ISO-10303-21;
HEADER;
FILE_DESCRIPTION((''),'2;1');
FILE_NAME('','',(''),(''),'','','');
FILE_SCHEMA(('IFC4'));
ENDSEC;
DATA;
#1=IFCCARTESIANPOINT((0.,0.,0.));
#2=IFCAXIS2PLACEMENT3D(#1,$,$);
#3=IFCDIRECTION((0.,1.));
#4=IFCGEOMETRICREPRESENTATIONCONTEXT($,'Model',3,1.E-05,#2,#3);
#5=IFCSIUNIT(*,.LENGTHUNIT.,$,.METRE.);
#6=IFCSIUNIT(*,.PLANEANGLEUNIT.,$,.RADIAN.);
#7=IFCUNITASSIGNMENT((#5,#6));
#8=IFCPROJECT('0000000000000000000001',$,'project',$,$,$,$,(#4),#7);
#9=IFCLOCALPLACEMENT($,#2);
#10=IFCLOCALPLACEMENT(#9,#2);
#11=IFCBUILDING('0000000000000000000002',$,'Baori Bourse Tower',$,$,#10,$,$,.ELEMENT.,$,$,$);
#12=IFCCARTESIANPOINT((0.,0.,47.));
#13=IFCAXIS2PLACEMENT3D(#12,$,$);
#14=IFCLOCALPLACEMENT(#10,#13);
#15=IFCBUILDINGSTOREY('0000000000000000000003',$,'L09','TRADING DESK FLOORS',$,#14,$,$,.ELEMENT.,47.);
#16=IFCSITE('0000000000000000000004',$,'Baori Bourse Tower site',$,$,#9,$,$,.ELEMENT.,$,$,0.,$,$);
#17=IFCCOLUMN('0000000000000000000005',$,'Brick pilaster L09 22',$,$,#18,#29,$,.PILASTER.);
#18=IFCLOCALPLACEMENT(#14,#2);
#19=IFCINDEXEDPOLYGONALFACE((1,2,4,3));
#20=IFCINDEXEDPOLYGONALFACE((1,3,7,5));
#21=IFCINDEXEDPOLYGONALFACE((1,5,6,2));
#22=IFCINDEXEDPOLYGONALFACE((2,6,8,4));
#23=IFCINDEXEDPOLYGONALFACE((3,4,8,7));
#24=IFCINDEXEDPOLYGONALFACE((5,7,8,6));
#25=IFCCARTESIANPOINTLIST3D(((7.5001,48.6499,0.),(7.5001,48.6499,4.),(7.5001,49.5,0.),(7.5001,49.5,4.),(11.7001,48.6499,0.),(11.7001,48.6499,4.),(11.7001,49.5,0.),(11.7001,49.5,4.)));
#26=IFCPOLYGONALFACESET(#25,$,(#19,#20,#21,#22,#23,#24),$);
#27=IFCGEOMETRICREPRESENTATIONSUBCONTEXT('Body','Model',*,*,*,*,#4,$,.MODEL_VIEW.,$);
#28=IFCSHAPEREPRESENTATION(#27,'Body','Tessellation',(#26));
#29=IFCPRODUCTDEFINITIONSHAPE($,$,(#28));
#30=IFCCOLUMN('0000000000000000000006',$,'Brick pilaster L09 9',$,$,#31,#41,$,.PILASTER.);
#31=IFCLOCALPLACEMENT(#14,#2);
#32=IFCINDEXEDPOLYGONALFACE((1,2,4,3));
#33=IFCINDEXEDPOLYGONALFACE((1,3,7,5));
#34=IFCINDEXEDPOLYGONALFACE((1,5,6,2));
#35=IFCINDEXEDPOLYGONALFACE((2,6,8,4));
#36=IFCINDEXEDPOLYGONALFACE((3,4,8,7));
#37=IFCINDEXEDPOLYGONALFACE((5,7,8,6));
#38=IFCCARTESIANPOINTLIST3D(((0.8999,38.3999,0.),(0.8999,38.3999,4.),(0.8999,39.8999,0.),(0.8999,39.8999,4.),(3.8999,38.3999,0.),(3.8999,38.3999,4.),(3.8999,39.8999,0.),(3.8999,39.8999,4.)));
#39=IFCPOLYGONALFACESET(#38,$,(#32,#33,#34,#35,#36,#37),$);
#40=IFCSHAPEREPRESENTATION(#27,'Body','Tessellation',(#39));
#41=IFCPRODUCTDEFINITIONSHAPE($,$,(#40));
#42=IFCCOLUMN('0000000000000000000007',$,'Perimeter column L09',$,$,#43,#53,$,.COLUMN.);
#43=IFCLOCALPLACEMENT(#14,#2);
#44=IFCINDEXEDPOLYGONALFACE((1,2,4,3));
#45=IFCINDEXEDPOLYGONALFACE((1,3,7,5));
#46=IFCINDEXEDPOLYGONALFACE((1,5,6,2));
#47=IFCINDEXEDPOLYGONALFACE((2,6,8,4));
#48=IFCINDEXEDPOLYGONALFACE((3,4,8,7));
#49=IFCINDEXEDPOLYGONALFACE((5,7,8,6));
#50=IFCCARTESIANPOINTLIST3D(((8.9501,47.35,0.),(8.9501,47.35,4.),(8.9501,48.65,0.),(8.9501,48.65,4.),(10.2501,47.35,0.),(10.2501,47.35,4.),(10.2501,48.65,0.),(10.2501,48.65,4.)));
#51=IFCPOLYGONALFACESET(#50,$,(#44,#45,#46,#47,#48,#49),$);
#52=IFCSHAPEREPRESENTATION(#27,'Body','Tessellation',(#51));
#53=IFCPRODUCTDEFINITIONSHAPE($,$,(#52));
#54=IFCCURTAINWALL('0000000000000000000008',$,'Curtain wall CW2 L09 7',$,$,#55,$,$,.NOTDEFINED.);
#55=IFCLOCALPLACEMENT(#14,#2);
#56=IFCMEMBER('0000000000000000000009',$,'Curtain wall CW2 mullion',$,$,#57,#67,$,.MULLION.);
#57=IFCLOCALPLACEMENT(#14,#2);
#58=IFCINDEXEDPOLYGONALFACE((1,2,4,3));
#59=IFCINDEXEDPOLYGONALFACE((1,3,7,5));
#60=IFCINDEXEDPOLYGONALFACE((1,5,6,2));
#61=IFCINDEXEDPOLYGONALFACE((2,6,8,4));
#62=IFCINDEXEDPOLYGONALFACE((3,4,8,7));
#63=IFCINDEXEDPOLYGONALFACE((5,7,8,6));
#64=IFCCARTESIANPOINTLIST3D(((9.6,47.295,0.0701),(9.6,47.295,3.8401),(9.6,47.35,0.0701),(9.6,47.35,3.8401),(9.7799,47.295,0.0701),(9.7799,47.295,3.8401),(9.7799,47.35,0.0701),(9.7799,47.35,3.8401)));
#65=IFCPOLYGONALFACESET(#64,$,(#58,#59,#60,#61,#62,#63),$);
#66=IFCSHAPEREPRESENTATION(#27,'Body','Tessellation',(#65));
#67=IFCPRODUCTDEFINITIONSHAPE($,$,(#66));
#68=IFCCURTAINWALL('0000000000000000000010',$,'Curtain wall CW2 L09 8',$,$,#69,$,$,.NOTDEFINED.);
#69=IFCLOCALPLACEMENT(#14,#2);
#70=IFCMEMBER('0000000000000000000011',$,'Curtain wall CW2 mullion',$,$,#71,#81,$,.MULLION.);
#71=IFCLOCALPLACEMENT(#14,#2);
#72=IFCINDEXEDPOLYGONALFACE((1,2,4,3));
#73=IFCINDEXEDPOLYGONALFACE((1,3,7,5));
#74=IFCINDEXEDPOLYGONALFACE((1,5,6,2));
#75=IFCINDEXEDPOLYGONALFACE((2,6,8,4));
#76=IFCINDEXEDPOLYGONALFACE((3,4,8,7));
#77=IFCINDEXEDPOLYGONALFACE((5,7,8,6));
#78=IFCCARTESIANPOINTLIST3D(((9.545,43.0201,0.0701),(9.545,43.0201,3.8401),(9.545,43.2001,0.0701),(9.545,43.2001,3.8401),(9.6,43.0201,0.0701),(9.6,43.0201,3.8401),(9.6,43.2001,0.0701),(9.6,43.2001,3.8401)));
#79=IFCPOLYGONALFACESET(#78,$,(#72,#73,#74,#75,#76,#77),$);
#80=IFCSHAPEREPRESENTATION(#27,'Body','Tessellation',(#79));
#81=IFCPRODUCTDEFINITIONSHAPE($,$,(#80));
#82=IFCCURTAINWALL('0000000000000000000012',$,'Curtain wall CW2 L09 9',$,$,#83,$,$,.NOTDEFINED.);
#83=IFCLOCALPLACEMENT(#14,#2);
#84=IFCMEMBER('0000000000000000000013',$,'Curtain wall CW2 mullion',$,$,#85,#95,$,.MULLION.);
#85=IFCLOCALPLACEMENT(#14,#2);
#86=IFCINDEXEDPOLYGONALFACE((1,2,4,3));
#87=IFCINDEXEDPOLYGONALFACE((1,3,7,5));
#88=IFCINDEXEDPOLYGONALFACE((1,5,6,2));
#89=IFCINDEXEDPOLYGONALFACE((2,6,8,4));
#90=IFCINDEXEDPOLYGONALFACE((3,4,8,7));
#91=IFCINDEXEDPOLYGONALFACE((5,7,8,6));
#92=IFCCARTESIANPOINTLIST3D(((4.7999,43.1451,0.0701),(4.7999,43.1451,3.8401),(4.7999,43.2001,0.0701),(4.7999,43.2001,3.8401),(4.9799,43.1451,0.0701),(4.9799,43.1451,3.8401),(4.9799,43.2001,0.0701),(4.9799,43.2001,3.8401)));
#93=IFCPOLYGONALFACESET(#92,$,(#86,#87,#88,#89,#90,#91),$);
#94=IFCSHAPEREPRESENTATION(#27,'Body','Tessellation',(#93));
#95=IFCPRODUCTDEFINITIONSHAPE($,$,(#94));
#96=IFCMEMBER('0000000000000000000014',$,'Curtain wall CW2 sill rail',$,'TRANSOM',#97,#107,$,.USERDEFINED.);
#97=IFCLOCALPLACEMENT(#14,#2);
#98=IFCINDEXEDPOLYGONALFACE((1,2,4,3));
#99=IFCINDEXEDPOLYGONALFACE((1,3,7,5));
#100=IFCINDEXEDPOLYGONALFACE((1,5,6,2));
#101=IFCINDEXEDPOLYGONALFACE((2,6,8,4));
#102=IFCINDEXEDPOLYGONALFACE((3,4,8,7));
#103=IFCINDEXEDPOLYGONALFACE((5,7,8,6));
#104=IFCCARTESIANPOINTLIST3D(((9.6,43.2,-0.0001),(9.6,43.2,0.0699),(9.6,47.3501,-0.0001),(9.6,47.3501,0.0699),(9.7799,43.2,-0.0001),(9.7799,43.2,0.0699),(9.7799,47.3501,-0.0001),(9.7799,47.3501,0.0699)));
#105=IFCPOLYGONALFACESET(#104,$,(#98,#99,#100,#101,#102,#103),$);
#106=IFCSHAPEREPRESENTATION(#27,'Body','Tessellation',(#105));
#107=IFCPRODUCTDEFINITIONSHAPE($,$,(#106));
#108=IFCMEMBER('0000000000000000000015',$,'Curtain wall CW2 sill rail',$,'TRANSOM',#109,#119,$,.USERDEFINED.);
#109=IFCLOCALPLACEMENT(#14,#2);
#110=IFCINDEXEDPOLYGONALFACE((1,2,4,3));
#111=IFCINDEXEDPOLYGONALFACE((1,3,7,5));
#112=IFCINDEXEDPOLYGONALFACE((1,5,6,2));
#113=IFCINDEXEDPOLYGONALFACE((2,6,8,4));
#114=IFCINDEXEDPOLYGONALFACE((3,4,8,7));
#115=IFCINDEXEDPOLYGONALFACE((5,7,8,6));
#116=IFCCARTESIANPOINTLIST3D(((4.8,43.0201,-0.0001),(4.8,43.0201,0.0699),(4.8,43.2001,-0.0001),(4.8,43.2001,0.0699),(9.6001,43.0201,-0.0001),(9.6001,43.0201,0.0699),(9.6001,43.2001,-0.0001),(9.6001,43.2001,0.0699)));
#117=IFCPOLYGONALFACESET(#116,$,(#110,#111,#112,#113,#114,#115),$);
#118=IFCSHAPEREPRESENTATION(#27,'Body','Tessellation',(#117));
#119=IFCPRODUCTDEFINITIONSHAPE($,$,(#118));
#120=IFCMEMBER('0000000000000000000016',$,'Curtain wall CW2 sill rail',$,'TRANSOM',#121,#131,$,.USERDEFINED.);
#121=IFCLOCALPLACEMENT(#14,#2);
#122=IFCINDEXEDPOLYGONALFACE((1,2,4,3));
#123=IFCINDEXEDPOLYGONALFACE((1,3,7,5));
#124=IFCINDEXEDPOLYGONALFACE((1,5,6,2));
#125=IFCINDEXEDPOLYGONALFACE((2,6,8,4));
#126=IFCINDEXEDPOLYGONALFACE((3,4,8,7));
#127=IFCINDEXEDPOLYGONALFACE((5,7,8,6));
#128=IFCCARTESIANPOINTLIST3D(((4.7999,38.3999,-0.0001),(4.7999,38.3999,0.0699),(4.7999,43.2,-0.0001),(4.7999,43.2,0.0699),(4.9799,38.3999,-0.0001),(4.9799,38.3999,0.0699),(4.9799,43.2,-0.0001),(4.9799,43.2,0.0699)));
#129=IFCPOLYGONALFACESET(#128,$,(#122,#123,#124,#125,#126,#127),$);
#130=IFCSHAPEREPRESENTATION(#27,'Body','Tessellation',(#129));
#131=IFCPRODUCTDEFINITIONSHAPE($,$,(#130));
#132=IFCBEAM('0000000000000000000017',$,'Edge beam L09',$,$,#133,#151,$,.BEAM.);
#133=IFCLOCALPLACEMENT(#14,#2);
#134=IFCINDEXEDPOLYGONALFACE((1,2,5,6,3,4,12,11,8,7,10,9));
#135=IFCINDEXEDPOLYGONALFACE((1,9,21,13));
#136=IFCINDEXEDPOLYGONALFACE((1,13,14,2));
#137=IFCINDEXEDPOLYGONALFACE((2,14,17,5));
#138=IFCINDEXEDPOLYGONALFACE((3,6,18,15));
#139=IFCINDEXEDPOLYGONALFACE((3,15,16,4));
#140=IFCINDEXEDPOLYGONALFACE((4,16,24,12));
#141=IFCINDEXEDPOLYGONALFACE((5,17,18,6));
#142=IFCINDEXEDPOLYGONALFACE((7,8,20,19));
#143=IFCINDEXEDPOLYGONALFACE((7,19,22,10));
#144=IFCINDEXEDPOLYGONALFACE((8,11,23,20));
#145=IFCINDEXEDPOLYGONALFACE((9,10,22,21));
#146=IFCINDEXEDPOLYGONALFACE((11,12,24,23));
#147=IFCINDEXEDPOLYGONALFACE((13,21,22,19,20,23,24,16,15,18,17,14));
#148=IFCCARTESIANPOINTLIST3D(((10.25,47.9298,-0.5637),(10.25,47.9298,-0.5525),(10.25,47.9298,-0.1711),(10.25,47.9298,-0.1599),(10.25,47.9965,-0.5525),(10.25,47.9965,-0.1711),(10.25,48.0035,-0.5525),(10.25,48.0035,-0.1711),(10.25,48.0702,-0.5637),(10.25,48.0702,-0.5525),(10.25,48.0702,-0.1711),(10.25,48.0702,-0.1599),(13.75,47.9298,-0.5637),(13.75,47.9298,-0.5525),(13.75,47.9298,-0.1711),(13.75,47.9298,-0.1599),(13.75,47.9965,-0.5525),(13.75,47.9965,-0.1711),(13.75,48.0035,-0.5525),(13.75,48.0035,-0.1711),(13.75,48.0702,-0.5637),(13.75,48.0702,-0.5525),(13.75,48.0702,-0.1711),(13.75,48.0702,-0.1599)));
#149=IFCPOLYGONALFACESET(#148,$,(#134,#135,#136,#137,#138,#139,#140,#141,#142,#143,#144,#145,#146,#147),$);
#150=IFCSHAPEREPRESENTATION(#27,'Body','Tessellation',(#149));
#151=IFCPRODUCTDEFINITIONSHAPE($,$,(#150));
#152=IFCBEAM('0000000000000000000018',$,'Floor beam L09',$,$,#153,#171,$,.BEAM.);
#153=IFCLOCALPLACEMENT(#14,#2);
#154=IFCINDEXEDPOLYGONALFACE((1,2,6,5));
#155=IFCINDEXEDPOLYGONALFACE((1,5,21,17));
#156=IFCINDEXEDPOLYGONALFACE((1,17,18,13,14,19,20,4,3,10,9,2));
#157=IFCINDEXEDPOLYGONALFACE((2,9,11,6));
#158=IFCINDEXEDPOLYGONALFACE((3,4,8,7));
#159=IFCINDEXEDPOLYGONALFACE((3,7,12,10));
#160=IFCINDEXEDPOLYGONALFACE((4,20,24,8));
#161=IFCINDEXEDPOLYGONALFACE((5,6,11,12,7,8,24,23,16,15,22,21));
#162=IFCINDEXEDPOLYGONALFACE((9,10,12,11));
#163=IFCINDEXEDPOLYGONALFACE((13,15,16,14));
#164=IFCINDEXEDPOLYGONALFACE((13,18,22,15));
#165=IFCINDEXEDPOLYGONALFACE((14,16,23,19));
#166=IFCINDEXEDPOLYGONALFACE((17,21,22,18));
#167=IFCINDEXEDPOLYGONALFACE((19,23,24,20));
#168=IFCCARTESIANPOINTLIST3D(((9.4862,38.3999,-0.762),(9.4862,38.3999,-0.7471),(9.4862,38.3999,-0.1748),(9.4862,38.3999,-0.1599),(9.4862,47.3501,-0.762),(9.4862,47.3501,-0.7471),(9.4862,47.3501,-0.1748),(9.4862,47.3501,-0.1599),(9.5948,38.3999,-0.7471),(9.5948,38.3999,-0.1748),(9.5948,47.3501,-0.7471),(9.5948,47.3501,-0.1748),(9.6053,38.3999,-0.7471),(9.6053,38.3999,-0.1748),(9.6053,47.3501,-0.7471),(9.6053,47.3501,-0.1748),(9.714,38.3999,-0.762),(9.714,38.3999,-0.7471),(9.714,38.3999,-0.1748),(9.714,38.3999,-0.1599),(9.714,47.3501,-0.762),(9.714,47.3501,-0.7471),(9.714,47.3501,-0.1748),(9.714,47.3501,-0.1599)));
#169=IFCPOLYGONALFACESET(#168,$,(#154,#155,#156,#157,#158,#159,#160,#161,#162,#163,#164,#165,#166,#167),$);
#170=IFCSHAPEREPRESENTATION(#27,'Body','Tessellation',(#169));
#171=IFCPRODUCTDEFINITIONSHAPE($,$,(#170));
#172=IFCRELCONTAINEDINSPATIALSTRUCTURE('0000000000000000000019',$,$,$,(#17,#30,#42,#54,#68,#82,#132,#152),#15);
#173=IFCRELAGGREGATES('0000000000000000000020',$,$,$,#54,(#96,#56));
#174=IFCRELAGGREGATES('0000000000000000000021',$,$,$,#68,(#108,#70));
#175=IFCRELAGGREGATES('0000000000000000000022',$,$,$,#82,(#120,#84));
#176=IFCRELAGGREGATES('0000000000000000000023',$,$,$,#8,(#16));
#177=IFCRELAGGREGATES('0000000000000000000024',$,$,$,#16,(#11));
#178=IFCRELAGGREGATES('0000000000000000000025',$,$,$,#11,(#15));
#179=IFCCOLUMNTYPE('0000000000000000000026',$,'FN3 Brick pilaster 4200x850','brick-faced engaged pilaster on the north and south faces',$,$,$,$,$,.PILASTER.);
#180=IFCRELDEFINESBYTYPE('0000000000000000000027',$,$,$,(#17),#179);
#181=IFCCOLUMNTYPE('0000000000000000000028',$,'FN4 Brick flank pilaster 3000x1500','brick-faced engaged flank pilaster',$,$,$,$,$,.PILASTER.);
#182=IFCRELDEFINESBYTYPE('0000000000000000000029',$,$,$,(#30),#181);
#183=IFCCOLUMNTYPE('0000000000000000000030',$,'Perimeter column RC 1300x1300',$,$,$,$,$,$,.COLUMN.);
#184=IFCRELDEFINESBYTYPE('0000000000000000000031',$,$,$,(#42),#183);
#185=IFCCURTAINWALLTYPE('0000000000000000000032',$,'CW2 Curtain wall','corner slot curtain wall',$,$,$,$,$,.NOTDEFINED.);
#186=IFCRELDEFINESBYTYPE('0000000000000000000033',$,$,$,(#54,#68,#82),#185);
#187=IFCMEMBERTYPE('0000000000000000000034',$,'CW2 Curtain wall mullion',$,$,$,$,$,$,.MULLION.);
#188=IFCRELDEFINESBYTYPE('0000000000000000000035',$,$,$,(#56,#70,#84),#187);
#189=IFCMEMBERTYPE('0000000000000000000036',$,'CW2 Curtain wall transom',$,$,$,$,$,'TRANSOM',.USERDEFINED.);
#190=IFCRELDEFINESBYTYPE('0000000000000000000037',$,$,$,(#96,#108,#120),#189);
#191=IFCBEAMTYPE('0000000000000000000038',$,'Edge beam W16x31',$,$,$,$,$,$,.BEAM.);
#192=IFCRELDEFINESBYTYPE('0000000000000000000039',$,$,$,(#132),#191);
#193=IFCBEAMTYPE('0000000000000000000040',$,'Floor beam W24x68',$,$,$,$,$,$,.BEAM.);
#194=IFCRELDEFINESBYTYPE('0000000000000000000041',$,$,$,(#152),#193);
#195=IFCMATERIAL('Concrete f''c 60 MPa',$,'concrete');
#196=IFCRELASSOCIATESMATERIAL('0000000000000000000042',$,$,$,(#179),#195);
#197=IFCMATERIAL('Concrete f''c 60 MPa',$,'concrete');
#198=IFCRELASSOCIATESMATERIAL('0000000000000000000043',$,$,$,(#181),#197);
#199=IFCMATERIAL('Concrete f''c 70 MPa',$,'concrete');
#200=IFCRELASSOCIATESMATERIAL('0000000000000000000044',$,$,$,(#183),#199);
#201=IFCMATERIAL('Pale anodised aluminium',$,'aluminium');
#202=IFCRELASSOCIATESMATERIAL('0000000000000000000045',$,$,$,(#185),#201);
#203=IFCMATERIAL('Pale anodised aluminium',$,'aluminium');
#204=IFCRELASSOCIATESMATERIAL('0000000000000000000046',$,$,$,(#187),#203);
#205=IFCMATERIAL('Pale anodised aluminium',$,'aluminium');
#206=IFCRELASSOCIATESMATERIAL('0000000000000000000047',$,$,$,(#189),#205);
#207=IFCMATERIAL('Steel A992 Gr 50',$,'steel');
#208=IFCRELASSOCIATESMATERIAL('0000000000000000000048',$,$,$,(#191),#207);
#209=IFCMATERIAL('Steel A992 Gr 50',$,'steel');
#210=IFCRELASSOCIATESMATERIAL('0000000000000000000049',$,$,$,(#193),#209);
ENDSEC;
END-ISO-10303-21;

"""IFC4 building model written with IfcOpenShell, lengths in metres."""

from ifc_helpers import new_model, si_unit, direction, frame, origin, origin_2d, place, context, subcontext, project, spatial, rectangle, i_section, extrude, material, material_profile, profile_set, type_object, element, aggregate, save


model = new_model("IFC4")

# Units and contexts
model_context = context("Model", 3, precision=1e-05, world=origin(), true_north=direction((0.0, 1.0)))
body_context = subcontext(model_context, "Body", "Model", "MODEL_VIEW")
ifc_project = project(units=[si_unit("LENGTHUNIT", "METRE"), si_unit("PLANEANGLEUNIT", "RADIAN")], contexts=[model_context])

# Site, building, storey
site_placement = place(None, origin())
site = spatial("IfcSite", under=ifc_project, at=site_placement, Name="Baori Bourse Tower site", CompositionType="ELEMENT", RefElevation=0.0)
building_placement = place(site_placement, origin())
building = spatial("IfcBuilding", under=site, at=building_placement, Name="Baori Bourse Tower", CompositionType="ELEMENT")
storey_placement = place(building_placement, frame((0.0, 0.0, 47.0)))
storey = spatial("IfcBuildingStorey", under=building, at=storey_placement, Name="L09", Description="TRADING DESK FLOORS", CompositionType="ELEMENT", Elevation=47.0)

# Columns
ifc_material_1 = material(Name="Concrete f'c 60 MPa", Category="concrete")
ifc_material_profile_1 = material_profile(ifc_material_1, rectangle(XDim=4.2, YDim=0.8501, at=origin_2d()), Name="RC 4200x850")
ifc_profile_set_1 = profile_set([ifc_material_profile_1], Name="Concrete f'c 60 MPa")
column_type_1 = type_object("IfcColumnType", Name="FN3 Brick pilaster 4200x850", Description="brick-faced engaged pilaster on the north and south faces", PredefinedType="PILASTER", material=ifc_profile_set_1)
column_1_placement = place(storey_placement, frame((9.6001, 49.075, 0.0), z_axis=(0.0, 0.0, 1.0), x_axis=(1.0, 0.0, 0.0)))
element("IfcColumn", 1, at=column_1_placement, inside=storey, type_object=column_type_1, Name="Brick pilaster L09 22", PredefinedType="PILASTER", context=body_context, shape_type="SweptSolid", body=[
    extrude(rectangle(XDim=4.2, YDim=0.8501, at=origin_2d()), origin(), (0.0, 0.0, 1.0), 4.0),
])
ifc_material_2 = material(Name="Concrete f'c 60 MPa", Category="concrete")
ifc_material_profile_2 = material_profile(ifc_material_2, rectangle(XDim=3.0, YDim=1.5, at=origin_2d()), Name="RC 3000x1500")
ifc_profile_set_2 = profile_set([ifc_material_profile_2], Name="Concrete f'c 60 MPa")
column_type_2 = type_object("IfcColumnType", Name="FN4 Brick flank pilaster 3000x1500", Description="brick-faced engaged flank pilaster", PredefinedType="PILASTER", material=ifc_profile_set_2)
column_2_placement = place(storey_placement, frame((2.3999, 39.1499, 0.0), z_axis=(0.0, 0.0, 1.0), x_axis=(1.0, 0.0, 0.0)))
element("IfcColumn", 2, at=column_2_placement, inside=storey, type_object=column_type_2, Name="Brick pilaster L09 9", PredefinedType="PILASTER", context=body_context, shape_type="SweptSolid", body=[
    extrude(rectangle(XDim=3.0, YDim=1.5, at=origin_2d()), origin(), (0.0, 0.0, 1.0), 4.0),
])
ifc_material_3 = material(Name="Concrete f'c 70 MPa", Category="concrete")
ifc_material_profile_3 = material_profile(ifc_material_3, rectangle(XDim=1.3, YDim=1.3, at=origin_2d()), Name="RC 1300x1300")
ifc_profile_set_3 = profile_set([ifc_material_profile_3], Name="Concrete f'c 70 MPa")
column_type_3 = type_object("IfcColumnType", Name="Perimeter column RC 1300x1300", PredefinedType="COLUMN", material=ifc_profile_set_3)
column_3_placement = place(storey_placement, frame((9.6001, 48.0, 0.0), z_axis=(0.0, 0.0, 1.0), x_axis=(1.0, 0.0, 0.0)))
element("IfcColumn", 3, at=column_3_placement, inside=storey, type_object=column_type_3, Name="Perimeter column L09", PredefinedType="COLUMN", context=body_context, shape_type="SweptSolid", body=[
    extrude(rectangle(XDim=1.3, YDim=1.3, at=origin_2d()), origin(), (0.0, 0.0, 1.0), 4.0),
])

# Curtain walls, members
ifc_material_4 = material(Name="Pale anodised aluminium", Category="aluminium")
curtain_wall_type_1 = type_object("IfcCurtainWallType", Name="CW2 Curtain wall", Description="corner slot curtain wall", PredefinedType="NOTDEFINED", material=ifc_material_4)
curtain_wall_1_placement = place(storey_placement, origin())
curtain_wall_1 = element("IfcCurtainWall", 4, at=curtain_wall_1_placement, inside=storey, type_object=curtain_wall_type_1, Name="Curtain wall CW2 L09 7", PredefinedType="NOTDEFINED")
ifc_material_5 = material(Name="Pale anodised aluminium", Category="aluminium")
ifc_material_profile_4 = material_profile(ifc_material_5, rectangle(XDim=0.1799, YDim=0.0549, at=origin_2d()), Name="Mullion 55x180")
ifc_profile_set_4 = profile_set([ifc_material_profile_4], Name="Pale anodised aluminium")
member_type_1 = type_object("IfcMemberType", Name="CW2 Curtain wall mullion", PredefinedType="MULLION", material=ifc_profile_set_4)
member_1_placement = place(storey_placement, frame((9.6899, 47.3225, 0.0701), z_axis=(0.0, 0.0, 1.0), x_axis=(1.0, 0.0, 0.0)))
member_1 = element("IfcMember", 5, at=member_1_placement, type_object=member_type_1, Name="Curtain wall CW2 mullion", PredefinedType="MULLION", context=body_context, shape_type="SweptSolid", body=[
    extrude(rectangle(XDim=0.1799, YDim=0.0549, at=origin_2d()), origin(), (0.0, 0.0, 1.0), 3.77),
])
curtain_wall_2_placement = place(storey_placement, origin())
curtain_wall_2 = element("IfcCurtainWall", 6, at=curtain_wall_2_placement, inside=storey, type_object=curtain_wall_type_1, Name="Curtain wall CW2 L09 8", PredefinedType="NOTDEFINED")
member_2_placement = place(storey_placement, frame((9.5725, 43.1101, 0.0701), z_axis=(0.0, 0.0, 1.0), x_axis=(0.0, -1.0, 0.0)))
member_2 = element("IfcMember", 7, at=member_2_placement, type_object=member_type_1, Name="Curtain wall CW2 mullion", PredefinedType="MULLION", context=body_context, shape_type="SweptSolid", body=[
    extrude(rectangle(XDim=0.1799, YDim=0.0549, at=origin_2d()), origin(), (0.0, 0.0, 1.0), 3.77),
])
curtain_wall_3_placement = place(storey_placement, origin())
curtain_wall_3 = element("IfcCurtainWall", 8, at=curtain_wall_3_placement, inside=storey, type_object=curtain_wall_type_1, Name="Curtain wall CW2 L09 9", PredefinedType="NOTDEFINED")
member_3_placement = place(storey_placement, frame((4.8899, 43.1726, 0.0701), z_axis=(0.0, 0.0, 1.0), x_axis=(1.0, 0.0, 0.0)))
member_3 = element("IfcMember", 9, at=member_3_placement, type_object=member_type_1, Name="Curtain wall CW2 mullion", PredefinedType="MULLION", context=body_context, shape_type="SweptSolid", body=[
    extrude(rectangle(XDim=0.1799, YDim=0.0549, at=origin_2d()), origin(), (0.0, 0.0, 1.0), 3.77),
])

# Members
ifc_material_6 = material(Name="Pale anodised aluminium", Category="aluminium")
ifc_material_profile_5 = material_profile(ifc_material_6, rectangle(XDim=0.1799, YDim=0.0701, at=origin_2d()), Name="Transom 70x180")
ifc_profile_set_5 = profile_set([ifc_material_profile_5], Name="Pale anodised aluminium")
member_type_2 = type_object("IfcMemberType", Name="CW2 Curtain wall transom", ElementType="TRANSOM", PredefinedType="USERDEFINED", material=ifc_profile_set_5)
member_4_placement = place(storey_placement, frame((9.6899, 47.3501, 0.0349), z_axis=(0.0, -1.0, 0.0), x_axis=(1.0, 0.0, 0.0)))
member_4 = element("IfcMember", 10, at=member_4_placement, type_object=member_type_2, Name="Curtain wall CW2 sill rail", ObjectType="TRANSOM", PredefinedType="USERDEFINED", context=body_context, shape_type="SweptSolid", body=[
    extrude(rectangle(XDim=0.1799, YDim=0.0701, at=origin_2d()), origin(), (0.0, 0.0, 1.0), 4.1501),
])
member_5_placement = place(storey_placement, frame((9.6001, 43.1101, 0.0349), z_axis=(-1.0, 0.0, 0.0), x_axis=(0.0, -1.0, 0.0)))
member_5 = element("IfcMember", 11, at=member_5_placement, type_object=member_type_2, Name="Curtain wall CW2 sill rail", ObjectType="TRANSOM", PredefinedType="USERDEFINED", context=body_context, shape_type="SweptSolid", body=[
    extrude(rectangle(XDim=0.1799, YDim=0.0701, at=origin_2d()), origin(), (0.0, 0.0, 1.0), 4.8),
])
member_6_placement = place(storey_placement, frame((4.8899, 43.2, 0.0349), z_axis=(0.0, -1.0, 0.0), x_axis=(1.0, 0.0, 0.0)))
member_6 = element("IfcMember", 12, at=member_6_placement, type_object=member_type_2, Name="Curtain wall CW2 sill rail", ObjectType="TRANSOM", PredefinedType="USERDEFINED", context=body_context, shape_type="SweptSolid", body=[
    extrude(rectangle(XDim=0.1799, YDim=0.0701, at=origin_2d()), origin(), (0.0, 0.0, 1.0), 4.8),
])

# Beams
ifc_material_7 = material(Name="Steel A992 Gr 50", Category="steel")
ifc_material_profile_6 = material_profile(ifc_material_7, i_section(OverallWidth=0.1404, OverallDepth=0.4038, WebThickness=0.0071, FlangeThickness=0.0112, at=origin_2d()), Name="W16x31")
ifc_profile_set_6 = profile_set([ifc_material_profile_6], Name="Steel A992 Gr 50")
beam_type_1 = type_object("IfcBeamType", Name="Edge beam W16x31", PredefinedType="BEAM", material=ifc_profile_set_6)
beam_1_placement = place(storey_placement, frame((10.25, 48.0, -0.3618), z_axis=(1.0, 0.0, 0.0), x_axis=(0.0, 1.0, 0.0)))
element("IfcBeam", 13, at=beam_1_placement, inside=storey, type_object=beam_type_1, Name="Edge beam L09", PredefinedType="BEAM", context=body_context, shape_type="SweptSolid", body=[
    extrude(i_section(OverallWidth=0.1404, OverallDepth=0.4038, WebThickness=0.0071, FlangeThickness=0.0112, at=origin_2d()), origin(), (0.0, 0.0, 1.0), 3.5),
])
ifc_material_8 = material(Name="Steel A992 Gr 50", Category="steel")
ifc_material_profile_7 = material_profile(ifc_material_8, i_section(OverallWidth=0.2278, OverallDepth=0.6021, WebThickness=0.0105, FlangeThickness=0.0149, at=origin_2d()), Name="W24x68")
ifc_profile_set_7 = profile_set([ifc_material_profile_7], Name="Steel A992 Gr 50")
beam_type_2 = type_object("IfcBeamType", Name="Floor beam W24x68", PredefinedType="BEAM", material=ifc_profile_set_7)
beam_2_placement = place(storey_placement, frame((9.6001, 38.3999, -0.4609), z_axis=(0.0, 1.0, 0.0), x_axis=(-1.0, 0.0, 0.0)))
element("IfcBeam", 14, at=beam_2_placement, inside=storey, type_object=beam_type_2, Name="Floor beam L09", PredefinedType="BEAM", context=body_context, shape_type="SweptSolid", body=[
    extrude(i_section(OverallWidth=0.2278, OverallDepth=0.6021, WebThickness=0.0105, FlangeThickness=0.0149, at=origin_2d()), origin(), (0.0, 0.0, 1.0), 8.9502),
])

aggregate(curtain_wall_1, [member_4, member_1])
aggregate(curtain_wall_2, [member_5, member_2])
aggregate(curtain_wall_3, [member_6, member_3])

save(model, "model.ifc")
